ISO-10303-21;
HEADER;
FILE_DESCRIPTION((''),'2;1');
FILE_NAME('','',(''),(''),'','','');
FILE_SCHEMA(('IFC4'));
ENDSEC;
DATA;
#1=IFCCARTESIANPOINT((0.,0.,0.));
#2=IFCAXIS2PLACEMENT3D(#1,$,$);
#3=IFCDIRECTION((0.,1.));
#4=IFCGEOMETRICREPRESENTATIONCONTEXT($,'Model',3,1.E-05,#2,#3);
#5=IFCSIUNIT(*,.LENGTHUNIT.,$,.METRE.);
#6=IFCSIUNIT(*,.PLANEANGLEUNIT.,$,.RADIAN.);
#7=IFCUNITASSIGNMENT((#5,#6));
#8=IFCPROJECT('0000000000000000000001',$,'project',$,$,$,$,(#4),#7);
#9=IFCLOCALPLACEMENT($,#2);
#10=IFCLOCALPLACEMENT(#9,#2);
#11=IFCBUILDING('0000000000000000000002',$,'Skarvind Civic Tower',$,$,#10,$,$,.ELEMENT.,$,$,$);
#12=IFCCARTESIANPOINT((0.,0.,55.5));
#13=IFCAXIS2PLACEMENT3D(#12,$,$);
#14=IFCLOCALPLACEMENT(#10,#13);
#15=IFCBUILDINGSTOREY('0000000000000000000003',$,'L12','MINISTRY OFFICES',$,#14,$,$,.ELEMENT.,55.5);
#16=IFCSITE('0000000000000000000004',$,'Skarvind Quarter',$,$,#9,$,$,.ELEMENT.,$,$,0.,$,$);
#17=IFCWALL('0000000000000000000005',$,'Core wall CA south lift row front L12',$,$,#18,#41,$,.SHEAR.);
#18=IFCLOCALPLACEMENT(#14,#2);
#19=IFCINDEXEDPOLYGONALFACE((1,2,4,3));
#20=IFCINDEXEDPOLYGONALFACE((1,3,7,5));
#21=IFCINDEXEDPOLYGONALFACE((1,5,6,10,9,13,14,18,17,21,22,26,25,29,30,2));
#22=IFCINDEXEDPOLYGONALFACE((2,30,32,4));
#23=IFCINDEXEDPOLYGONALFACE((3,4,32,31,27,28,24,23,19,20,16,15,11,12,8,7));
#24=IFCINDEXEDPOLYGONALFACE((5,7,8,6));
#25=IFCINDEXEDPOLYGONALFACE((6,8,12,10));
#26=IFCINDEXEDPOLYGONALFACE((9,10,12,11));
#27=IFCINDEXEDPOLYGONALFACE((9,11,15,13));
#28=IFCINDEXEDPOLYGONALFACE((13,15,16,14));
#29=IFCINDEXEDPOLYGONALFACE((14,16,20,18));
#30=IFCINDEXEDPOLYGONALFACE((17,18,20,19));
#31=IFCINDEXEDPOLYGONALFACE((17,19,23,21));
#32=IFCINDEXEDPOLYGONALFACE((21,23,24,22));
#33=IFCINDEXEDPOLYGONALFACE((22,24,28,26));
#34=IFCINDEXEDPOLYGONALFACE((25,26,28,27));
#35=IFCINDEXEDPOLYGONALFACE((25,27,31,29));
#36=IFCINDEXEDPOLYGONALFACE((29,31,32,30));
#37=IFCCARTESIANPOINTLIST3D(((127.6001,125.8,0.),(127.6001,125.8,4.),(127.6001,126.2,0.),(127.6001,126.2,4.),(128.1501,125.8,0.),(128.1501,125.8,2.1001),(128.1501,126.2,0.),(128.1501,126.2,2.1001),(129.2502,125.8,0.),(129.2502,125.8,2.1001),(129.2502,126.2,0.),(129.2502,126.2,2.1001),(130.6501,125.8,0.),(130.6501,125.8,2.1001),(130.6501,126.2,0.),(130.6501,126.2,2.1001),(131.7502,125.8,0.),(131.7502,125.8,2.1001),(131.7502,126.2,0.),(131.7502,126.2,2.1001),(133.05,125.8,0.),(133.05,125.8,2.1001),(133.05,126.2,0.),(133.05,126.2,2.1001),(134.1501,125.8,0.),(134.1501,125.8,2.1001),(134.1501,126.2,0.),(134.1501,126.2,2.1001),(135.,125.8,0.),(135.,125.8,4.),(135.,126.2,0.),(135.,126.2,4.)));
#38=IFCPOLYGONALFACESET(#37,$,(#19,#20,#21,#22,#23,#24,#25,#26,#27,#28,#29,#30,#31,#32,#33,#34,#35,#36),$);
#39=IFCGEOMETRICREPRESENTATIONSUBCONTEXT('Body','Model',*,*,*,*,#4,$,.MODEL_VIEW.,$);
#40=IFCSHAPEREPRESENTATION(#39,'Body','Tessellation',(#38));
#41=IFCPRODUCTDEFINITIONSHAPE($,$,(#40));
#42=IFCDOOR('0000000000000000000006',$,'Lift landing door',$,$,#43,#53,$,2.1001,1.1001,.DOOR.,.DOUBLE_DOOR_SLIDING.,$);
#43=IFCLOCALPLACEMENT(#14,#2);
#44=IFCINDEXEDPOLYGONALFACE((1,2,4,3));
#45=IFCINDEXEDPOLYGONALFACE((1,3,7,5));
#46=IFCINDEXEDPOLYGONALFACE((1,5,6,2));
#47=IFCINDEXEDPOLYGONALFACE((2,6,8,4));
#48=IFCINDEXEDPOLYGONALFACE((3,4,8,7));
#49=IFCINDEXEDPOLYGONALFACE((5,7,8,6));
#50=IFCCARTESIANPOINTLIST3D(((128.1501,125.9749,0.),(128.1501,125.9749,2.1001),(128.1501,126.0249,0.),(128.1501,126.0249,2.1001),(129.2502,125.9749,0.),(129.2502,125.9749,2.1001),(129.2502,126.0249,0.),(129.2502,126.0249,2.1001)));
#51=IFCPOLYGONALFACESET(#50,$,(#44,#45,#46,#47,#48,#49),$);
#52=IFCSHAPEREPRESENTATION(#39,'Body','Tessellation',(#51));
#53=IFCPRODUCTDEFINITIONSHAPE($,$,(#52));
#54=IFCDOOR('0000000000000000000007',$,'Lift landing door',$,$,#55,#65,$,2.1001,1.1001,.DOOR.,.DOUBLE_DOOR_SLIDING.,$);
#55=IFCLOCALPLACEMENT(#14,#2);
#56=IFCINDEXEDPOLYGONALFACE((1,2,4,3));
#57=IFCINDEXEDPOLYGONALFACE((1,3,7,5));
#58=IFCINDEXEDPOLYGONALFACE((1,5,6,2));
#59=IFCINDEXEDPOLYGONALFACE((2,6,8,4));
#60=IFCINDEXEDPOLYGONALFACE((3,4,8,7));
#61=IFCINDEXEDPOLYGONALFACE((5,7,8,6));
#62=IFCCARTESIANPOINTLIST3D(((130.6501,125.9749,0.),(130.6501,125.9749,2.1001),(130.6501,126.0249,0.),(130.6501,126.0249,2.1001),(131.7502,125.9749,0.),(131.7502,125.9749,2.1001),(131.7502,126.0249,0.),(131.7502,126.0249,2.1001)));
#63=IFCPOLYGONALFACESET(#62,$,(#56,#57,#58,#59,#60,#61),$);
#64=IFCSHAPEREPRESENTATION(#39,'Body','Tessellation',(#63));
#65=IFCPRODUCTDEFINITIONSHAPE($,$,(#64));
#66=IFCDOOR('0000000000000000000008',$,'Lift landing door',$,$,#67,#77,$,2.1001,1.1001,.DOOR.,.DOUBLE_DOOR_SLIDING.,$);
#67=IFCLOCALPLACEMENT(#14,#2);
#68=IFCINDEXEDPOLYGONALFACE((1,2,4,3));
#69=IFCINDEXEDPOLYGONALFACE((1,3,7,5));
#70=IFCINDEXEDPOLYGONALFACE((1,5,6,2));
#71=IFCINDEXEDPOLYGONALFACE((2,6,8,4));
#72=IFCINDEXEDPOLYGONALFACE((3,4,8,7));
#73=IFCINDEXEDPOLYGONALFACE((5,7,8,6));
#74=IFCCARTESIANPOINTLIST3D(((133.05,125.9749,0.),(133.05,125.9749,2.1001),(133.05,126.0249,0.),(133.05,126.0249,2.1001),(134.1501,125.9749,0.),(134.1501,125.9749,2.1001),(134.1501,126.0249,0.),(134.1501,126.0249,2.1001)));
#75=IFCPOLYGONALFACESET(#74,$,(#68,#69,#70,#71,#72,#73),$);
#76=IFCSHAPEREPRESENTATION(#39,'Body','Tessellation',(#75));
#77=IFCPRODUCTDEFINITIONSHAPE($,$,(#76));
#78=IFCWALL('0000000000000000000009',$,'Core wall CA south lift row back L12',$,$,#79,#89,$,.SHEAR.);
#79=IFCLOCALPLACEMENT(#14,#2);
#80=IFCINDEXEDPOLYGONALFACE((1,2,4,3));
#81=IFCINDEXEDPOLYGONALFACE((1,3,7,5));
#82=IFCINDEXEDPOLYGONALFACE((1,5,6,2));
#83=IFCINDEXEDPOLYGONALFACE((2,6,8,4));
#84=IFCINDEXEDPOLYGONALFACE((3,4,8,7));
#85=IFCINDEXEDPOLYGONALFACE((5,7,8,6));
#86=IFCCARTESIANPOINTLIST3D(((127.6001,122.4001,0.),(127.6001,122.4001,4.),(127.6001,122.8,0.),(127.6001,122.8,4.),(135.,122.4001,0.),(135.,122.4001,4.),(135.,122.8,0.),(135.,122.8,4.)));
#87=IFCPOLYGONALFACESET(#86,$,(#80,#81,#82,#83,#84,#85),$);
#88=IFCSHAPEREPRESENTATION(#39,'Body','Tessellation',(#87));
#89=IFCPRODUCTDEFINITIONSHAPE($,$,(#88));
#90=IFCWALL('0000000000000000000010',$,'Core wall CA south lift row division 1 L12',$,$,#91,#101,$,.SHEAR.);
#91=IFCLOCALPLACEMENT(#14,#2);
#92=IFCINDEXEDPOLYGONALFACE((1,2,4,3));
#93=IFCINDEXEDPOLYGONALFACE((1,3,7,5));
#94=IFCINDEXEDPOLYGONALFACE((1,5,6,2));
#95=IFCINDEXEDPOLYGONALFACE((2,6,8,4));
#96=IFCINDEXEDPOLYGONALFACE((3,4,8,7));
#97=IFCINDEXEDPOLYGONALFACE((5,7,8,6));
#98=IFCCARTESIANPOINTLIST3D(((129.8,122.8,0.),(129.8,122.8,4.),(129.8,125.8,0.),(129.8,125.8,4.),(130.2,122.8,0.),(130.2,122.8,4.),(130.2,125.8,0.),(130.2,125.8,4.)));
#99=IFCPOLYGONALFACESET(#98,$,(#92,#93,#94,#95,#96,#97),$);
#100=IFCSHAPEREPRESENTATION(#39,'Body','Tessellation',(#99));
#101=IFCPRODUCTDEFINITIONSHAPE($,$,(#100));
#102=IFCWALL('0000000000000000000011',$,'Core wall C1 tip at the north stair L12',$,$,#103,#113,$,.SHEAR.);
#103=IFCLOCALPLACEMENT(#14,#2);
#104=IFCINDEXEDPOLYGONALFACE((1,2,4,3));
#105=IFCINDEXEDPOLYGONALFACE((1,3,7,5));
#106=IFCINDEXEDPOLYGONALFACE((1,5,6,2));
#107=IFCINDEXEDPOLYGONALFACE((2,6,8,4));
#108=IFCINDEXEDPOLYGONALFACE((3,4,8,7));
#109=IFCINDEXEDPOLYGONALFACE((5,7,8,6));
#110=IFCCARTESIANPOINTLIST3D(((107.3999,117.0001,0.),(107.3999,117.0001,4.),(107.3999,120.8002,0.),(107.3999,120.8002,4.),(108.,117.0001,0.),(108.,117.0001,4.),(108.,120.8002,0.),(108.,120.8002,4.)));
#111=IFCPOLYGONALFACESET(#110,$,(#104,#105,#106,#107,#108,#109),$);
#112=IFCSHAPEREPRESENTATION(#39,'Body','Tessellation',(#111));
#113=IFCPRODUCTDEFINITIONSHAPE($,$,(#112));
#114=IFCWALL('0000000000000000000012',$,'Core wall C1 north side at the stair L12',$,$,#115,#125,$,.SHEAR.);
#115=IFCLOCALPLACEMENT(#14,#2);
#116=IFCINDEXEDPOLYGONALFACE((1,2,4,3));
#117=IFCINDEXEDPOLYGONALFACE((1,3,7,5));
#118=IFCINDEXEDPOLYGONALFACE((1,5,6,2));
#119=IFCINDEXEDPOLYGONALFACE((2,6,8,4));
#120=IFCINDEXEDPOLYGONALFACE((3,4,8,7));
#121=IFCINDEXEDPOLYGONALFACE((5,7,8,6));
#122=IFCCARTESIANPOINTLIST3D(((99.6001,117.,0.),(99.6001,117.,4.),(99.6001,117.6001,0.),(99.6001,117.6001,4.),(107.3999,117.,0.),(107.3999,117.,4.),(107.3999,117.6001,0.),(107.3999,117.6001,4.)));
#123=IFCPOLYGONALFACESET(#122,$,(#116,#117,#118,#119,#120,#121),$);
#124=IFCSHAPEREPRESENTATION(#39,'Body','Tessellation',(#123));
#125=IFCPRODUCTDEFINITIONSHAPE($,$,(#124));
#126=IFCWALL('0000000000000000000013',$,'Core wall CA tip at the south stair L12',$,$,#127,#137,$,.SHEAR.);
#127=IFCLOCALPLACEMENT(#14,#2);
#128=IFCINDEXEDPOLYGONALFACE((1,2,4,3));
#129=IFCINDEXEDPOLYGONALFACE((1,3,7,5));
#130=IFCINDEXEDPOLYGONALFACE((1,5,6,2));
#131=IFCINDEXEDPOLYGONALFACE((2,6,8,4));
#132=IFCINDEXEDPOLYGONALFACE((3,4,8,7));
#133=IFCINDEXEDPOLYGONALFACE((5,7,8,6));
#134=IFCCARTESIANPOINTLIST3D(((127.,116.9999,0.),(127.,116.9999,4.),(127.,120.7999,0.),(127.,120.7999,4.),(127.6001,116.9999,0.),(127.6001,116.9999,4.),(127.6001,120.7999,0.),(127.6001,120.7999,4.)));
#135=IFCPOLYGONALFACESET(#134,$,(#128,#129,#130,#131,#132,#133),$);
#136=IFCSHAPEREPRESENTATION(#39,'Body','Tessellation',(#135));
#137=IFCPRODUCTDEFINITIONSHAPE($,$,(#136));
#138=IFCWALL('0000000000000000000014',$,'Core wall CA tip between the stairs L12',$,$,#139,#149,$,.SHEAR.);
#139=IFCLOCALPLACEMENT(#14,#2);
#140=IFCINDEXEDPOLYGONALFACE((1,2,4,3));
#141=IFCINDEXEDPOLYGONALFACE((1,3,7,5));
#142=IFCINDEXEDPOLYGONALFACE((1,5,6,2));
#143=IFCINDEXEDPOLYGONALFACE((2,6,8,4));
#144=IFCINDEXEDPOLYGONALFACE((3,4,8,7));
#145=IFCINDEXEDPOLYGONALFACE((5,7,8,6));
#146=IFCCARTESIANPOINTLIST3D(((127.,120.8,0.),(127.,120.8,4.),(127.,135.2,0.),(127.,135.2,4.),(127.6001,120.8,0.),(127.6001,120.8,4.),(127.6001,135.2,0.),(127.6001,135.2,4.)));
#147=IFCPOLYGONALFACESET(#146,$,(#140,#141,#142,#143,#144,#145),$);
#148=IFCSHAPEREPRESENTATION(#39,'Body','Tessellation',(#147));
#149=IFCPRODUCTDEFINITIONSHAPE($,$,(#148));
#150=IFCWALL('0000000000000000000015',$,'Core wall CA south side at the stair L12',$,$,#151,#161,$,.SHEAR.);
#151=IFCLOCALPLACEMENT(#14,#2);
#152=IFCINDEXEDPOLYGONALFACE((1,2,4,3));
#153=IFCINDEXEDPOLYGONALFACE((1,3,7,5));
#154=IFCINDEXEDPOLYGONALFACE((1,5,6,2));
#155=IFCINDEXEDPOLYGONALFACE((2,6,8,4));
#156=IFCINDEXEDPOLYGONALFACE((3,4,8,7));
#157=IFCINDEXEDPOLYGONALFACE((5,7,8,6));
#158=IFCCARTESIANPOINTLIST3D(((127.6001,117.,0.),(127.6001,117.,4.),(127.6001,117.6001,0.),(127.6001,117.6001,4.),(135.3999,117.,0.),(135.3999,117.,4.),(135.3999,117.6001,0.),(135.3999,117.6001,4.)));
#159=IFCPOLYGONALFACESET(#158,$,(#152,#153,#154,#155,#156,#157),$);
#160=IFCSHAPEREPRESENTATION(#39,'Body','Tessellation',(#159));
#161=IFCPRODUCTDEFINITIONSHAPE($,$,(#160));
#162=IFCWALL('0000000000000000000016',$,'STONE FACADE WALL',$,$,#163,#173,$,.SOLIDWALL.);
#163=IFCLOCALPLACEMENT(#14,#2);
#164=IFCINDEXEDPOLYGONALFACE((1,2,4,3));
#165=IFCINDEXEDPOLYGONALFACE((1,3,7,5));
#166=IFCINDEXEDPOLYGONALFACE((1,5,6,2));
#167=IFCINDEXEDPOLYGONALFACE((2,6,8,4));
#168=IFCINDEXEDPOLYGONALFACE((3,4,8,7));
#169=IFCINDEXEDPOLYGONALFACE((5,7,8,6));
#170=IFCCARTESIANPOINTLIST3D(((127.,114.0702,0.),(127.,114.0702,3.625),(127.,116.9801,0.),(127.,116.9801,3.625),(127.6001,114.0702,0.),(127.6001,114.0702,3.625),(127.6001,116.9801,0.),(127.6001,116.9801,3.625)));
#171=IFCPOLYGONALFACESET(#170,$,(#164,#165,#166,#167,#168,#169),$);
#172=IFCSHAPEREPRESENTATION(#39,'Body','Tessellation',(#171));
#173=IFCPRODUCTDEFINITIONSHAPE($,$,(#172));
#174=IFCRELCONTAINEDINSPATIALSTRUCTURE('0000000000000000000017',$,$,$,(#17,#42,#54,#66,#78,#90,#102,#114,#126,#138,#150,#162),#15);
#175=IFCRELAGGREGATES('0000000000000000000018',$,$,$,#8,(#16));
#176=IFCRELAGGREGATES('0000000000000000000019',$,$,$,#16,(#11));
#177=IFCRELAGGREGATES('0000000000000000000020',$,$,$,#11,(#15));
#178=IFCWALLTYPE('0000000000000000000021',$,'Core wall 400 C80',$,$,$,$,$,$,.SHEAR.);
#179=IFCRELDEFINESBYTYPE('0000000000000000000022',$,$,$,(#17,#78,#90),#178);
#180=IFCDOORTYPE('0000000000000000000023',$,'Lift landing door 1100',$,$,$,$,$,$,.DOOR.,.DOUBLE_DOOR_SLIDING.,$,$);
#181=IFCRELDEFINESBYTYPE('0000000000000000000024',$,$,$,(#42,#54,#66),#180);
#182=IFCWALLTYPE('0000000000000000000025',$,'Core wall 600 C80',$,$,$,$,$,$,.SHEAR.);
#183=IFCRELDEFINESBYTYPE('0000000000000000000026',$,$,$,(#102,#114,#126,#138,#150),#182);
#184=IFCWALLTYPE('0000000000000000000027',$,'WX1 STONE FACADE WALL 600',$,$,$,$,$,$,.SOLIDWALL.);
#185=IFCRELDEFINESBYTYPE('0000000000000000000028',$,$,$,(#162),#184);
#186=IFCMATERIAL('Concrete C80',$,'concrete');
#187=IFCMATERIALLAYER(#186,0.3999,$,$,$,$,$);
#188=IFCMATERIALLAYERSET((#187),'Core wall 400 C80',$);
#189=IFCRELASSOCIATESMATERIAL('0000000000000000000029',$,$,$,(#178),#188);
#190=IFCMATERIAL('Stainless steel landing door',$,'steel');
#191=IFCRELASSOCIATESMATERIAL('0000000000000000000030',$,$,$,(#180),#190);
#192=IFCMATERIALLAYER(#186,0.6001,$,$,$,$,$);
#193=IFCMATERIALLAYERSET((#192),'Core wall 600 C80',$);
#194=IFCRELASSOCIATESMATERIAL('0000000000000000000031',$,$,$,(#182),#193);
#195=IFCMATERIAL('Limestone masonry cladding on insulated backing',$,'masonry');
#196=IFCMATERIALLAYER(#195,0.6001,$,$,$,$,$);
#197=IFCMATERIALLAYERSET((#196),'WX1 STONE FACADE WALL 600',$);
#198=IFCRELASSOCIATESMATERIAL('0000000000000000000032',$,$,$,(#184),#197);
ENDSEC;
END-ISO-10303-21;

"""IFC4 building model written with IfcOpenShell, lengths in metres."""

from ifc_helpers import new_model, si_unit, direction, frame, frame_2d, origin, place, context, subcontext, project, spatial, rectangle, extrude, material, layer, layer_set, type_object, element, fill, save


model = new_model("IFC4")

# Units and contexts
model_context = context("Model", 3, precision=1e-05, world=origin(), true_north=direction((0.0, 1.0)))
body_context = subcontext(model_context, "Body", "Model", "MODEL_VIEW")
ifc_project = project(units=[si_unit("LENGTHUNIT", "METRE"), si_unit("PLANEANGLEUNIT", "RADIAN")], contexts=[model_context])

# Site, building, storey
site_placement = place(None, origin())
site = spatial("IfcSite", under=ifc_project, at=site_placement, Name="Skarvind Quarter", CompositionType="ELEMENT", RefElevation=0.0)
building_placement = place(site_placement, origin())
building = spatial("IfcBuilding", under=site, at=building_placement, Name="Skarvind Civic Tower", CompositionType="ELEMENT")
storey_placement = place(building_placement, frame((0.0, 0.0, 55.5)))
storey = spatial("IfcBuildingStorey", under=building, at=storey_placement, Name="L12", Description="MINISTRY OFFICES", CompositionType="ELEMENT", Elevation=55.5)

# Shared definitions
ifc_material_1 = material(Name="Concrete C80", Category="concrete")
ifc_layer_1 = layer(ifc_material_1, 0.3999)
ifc_layer_set_1 = layer_set([ifc_layer_1], Name="Core wall 400 C80")
wall_type_1 = type_object("IfcWallType", Name="Core wall 400 C80", PredefinedType="SHEAR", material=ifc_layer_set_1)

# Shared definitions
ifc_material_2 = material(Name="Stainless steel landing door", Category="steel")
door_type_1 = type_object("IfcDoorType", Name="Lift landing door 1100", OperationType="DOUBLE_DOOR_SLIDING", PredefinedType="DOOR", material=ifc_material_2)

# Wall, openings, doors
wall_1_placement = place(storey_placement, frame((127.6001, 126.0, 0.0), z_axis=(0.0, 0.0, 1.0), x_axis=(1.0, 0.0, 0.0)))
wall_1 = element("IfcWall", 1, at=wall_1_placement, inside=storey, type_object=wall_type_1, Name="Core wall CA south lift row front L12", PredefinedType="SHEAR", context=body_context, shape_type="SweptSolid", body=[
    extrude(rectangle(XDim=7.3999, YDim=0.3999, at=frame_2d((3.7, 0.0))), origin(), (0.0, 0.0, 1.0), 4.0),
])
opening_1_placement = place(wall_1_placement, frame((0.55, 0.0, 0.0)))
opening_1 = element("IfcOpeningElement", 2, at=opening_1_placement, cuts=wall_1, PredefinedType="OPENING", context=body_context, shape_type="SweptSolid", body=[
    extrude(rectangle(XDim=1.1001, YDim=2.1001, at=frame_2d((0.55, 1.05))), frame((0.0, 0.21, 0.0), z_axis=(0.0, -1.0, 0.0), x_axis=(1.0, 0.0, 0.0)), (0.0, 0.0, 1.0), 0.4199),
])
opening_2_placement = place(wall_1_placement, frame((3.05, 0.0, 0.0)))
opening_2 = element("IfcOpeningElement", 3, at=opening_2_placement, cuts=wall_1, PredefinedType="OPENING", context=body_context, shape_type="SweptSolid", body=[
    extrude(rectangle(XDim=1.1001, YDim=2.1001, at=frame_2d((0.55, 1.05))), frame((0.0, 0.21, 0.0), z_axis=(0.0, -1.0, 0.0), x_axis=(1.0, 0.0, 0.0)), (0.0, 0.0, 1.0), 0.4199),
])
opening_3_placement = place(wall_1_placement, frame((5.45, 0.0, 0.0)))
opening_3 = element("IfcOpeningElement", 4, at=opening_3_placement, cuts=wall_1, PredefinedType="OPENING", context=body_context, shape_type="SweptSolid", body=[
    extrude(rectangle(XDim=1.1001, YDim=2.1001, at=frame_2d((0.55, 1.05))), frame((0.0, 0.21, 0.0), z_axis=(0.0, -1.0, 0.0), x_axis=(1.0, 0.0, 0.0)), (0.0, 0.0, 1.0), 0.4199),
])
door_1_placement = place(opening_1_placement, origin())
door_1 = element("IfcDoor", 5, at=door_1_placement, inside=storey, type_object=door_type_1, Name="Lift landing door", OperationType="DOUBLE_DOOR_SLIDING", OverallHeight=2.1001, OverallWidth=1.1001, PredefinedType="DOOR", context=body_context, shape_type="SweptSolid", body=[
    extrude(rectangle(XDim=1.1001, YDim=2.1001, at=frame_2d((0.55, 1.05))), frame((0.0, 0.0249, 0.0), z_axis=(0.0, -1.0, 0.0), x_axis=(1.0, 0.0, 0.0)), (0.0, 0.0, 1.0), 0.05),
])
fill(opening_1, door_1)
door_2_placement = place(opening_2_placement, origin())
door_2 = element("IfcDoor", 6, at=door_2_placement, inside=storey, type_object=door_type_1, Name="Lift landing door", OperationType="DOUBLE_DOOR_SLIDING", OverallHeight=2.1001, OverallWidth=1.1001, PredefinedType="DOOR", context=body_context, shape_type="SweptSolid", body=[
    extrude(rectangle(XDim=1.1001, YDim=2.1001, at=frame_2d((0.55, 1.05))), frame((0.0, 0.0249, 0.0), z_axis=(0.0, -1.0, 0.0), x_axis=(1.0, 0.0, 0.0)), (0.0, 0.0, 1.0), 0.05),
])
fill(opening_2, door_2)
door_3_placement = place(opening_3_placement, origin())
door_3 = element("IfcDoor", 7, at=door_3_placement, inside=storey, type_object=door_type_1, Name="Lift landing door", OperationType="DOUBLE_DOOR_SLIDING", OverallHeight=2.1001, OverallWidth=1.1001, PredefinedType="DOOR", context=body_context, shape_type="SweptSolid", body=[
    extrude(rectangle(XDim=1.1001, YDim=2.1001, at=frame_2d((0.55, 1.05))), frame((0.0, 0.0249, 0.0), z_axis=(0.0, -1.0, 0.0), x_axis=(1.0, 0.0, 0.0)), (0.0, 0.0, 1.0), 0.05),
])
fill(opening_3, door_3)

# Walls
wall_2_placement = place(storey_placement, frame((127.6001, 122.6001, 0.0), z_axis=(0.0, 0.0, 1.0), x_axis=(1.0, 0.0, 0.0)))
element("IfcWall", 8, at=wall_2_placement, inside=storey, type_object=wall_type_1, Name="Core wall CA south lift row back L12", PredefinedType="SHEAR", context=body_context, shape_type="SweptSolid", body=[
    extrude(rectangle(XDim=7.3999, YDim=0.3999, at=frame_2d((3.7, 0.0))), origin(), (0.0, 0.0, 1.0), 4.0),
])
wall_3_placement = place(storey_placement, frame((130.0, 122.8, 0.0), z_axis=(0.0, 0.0, 1.0), x_axis=(0.0, 1.0, 0.0)))
element("IfcWall", 9, at=wall_3_placement, inside=storey, type_object=wall_type_1, Name="Core wall CA south lift row division 1 L12", PredefinedType="SHEAR", context=body_context, shape_type="SweptSolid", body=[
    extrude(rectangle(XDim=3.0, YDim=0.3999, at=frame_2d((1.5, 0.0))), origin(), (0.0, 0.0, 1.0), 4.0),
])
ifc_layer_2 = layer(ifc_material_1, 0.6001)
ifc_layer_set_2 = layer_set([ifc_layer_2], Name="Core wall 600 C80")
wall_type_2 = type_object("IfcWallType", Name="Core wall 600 C80", PredefinedType="SHEAR", material=ifc_layer_set_2)
wall_4_placement = place(storey_placement, frame((107.7, 120.8, 0.0), z_axis=(0.0, 0.0, 1.0), x_axis=(0.0, -1.0, 0.0)))
element("IfcWall", 10, at=wall_4_placement, inside=storey, type_object=wall_type_2, Name="Core wall C1 tip at the north stair L12", PredefinedType="SHEAR", context=body_context, shape_type="SweptSolid", body=[
    extrude(rectangle(XDim=3.8, YDim=0.6001, at=frame_2d((1.8999, 0.0))), origin(), (0.0, 0.0, 1.0), 4.0),
])
wall_5_placement = place(storey_placement, frame((107.3999, 117.3, 0.0), z_axis=(0.0, 0.0, 1.0), x_axis=(-1.0, 0.0, 0.0)))
element("IfcWall", 11, at=wall_5_placement, inside=storey, type_object=wall_type_2, Name="Core wall C1 north side at the stair L12", PredefinedType="SHEAR", context=body_context, shape_type="SweptSolid", body=[
    extrude(rectangle(XDim=7.7998, YDim=0.6001, at=frame_2d((3.8999, 0.0))), origin(), (0.0, 0.0, 1.0), 4.0),
])
wall_6_placement = place(storey_placement, frame((127.3, 117.0, 0.0), z_axis=(0.0, 0.0, 1.0), x_axis=(0.0, 1.0, 0.0)))
element("IfcWall", 12, at=wall_6_placement, inside=storey, type_object=wall_type_2, Name="Core wall CA tip at the south stair L12", PredefinedType="SHEAR", context=body_context, shape_type="SweptSolid", body=[
    extrude(rectangle(XDim=3.8, YDim=0.6001, at=frame_2d((1.8999, 0.0))), origin(), (0.0, 0.0, 1.0), 4.0),
])
wall_7_placement = place(storey_placement, frame((127.3, 120.8, 0.0), z_axis=(0.0, 0.0, 1.0), x_axis=(0.0, 1.0, 0.0)))
element("IfcWall", 13, at=wall_7_placement, inside=storey, type_object=wall_type_2, Name="Core wall CA tip between the stairs L12", PredefinedType="SHEAR", context=body_context, shape_type="SweptSolid", body=[
    extrude(rectangle(XDim=14.3999, YDim=0.6001, at=frame_2d((7.2, 0.0))), origin(), (0.0, 0.0, 1.0), 4.0),
])
wall_8_placement = place(storey_placement, frame((127.6001, 117.3, 0.0), z_axis=(0.0, 0.0, 1.0), x_axis=(1.0, 0.0, 0.0)))
element("IfcWall", 14, at=wall_8_placement, inside=storey, type_object=wall_type_2, Name="Core wall CA south side at the stair L12", PredefinedType="SHEAR", context=body_context, shape_type="SweptSolid", body=[
    extrude(rectangle(XDim=7.7998, YDim=0.6001, at=frame_2d((3.8999, 0.0))), origin(), (0.0, 0.0, 1.0), 4.0),
])
ifc_material_3 = material(Name="Limestone masonry cladding on insulated backing", Category="masonry")
ifc_layer_3 = layer(ifc_material_3, 0.6001)
ifc_layer_set_3 = layer_set([ifc_layer_3], Name="WX1 STONE FACADE WALL 600")
wall_type_3 = type_object("IfcWallType", Name="WX1 STONE FACADE WALL 600", PredefinedType="SOLIDWALL", material=ifc_layer_set_3)
wall_9_placement = place(storey_placement, frame((127.3, 114.0701, 0.0), z_axis=(0.0, 0.0, 1.0), x_axis=(0.0, 1.0, 0.0)))
element("IfcWall", 15, at=wall_9_placement, inside=storey, type_object=wall_type_3, Name="STONE FACADE WALL", PredefinedType="SOLIDWALL", context=body_context, shape_type="SweptSolid", body=[
    extrude(rectangle(XDim=2.9099, YDim=0.6001, at=frame_2d((1.4551, 0.0))), origin(), (0.0, 0.0, 1.0), 3.625),
])

save(model, "model.ifc")
